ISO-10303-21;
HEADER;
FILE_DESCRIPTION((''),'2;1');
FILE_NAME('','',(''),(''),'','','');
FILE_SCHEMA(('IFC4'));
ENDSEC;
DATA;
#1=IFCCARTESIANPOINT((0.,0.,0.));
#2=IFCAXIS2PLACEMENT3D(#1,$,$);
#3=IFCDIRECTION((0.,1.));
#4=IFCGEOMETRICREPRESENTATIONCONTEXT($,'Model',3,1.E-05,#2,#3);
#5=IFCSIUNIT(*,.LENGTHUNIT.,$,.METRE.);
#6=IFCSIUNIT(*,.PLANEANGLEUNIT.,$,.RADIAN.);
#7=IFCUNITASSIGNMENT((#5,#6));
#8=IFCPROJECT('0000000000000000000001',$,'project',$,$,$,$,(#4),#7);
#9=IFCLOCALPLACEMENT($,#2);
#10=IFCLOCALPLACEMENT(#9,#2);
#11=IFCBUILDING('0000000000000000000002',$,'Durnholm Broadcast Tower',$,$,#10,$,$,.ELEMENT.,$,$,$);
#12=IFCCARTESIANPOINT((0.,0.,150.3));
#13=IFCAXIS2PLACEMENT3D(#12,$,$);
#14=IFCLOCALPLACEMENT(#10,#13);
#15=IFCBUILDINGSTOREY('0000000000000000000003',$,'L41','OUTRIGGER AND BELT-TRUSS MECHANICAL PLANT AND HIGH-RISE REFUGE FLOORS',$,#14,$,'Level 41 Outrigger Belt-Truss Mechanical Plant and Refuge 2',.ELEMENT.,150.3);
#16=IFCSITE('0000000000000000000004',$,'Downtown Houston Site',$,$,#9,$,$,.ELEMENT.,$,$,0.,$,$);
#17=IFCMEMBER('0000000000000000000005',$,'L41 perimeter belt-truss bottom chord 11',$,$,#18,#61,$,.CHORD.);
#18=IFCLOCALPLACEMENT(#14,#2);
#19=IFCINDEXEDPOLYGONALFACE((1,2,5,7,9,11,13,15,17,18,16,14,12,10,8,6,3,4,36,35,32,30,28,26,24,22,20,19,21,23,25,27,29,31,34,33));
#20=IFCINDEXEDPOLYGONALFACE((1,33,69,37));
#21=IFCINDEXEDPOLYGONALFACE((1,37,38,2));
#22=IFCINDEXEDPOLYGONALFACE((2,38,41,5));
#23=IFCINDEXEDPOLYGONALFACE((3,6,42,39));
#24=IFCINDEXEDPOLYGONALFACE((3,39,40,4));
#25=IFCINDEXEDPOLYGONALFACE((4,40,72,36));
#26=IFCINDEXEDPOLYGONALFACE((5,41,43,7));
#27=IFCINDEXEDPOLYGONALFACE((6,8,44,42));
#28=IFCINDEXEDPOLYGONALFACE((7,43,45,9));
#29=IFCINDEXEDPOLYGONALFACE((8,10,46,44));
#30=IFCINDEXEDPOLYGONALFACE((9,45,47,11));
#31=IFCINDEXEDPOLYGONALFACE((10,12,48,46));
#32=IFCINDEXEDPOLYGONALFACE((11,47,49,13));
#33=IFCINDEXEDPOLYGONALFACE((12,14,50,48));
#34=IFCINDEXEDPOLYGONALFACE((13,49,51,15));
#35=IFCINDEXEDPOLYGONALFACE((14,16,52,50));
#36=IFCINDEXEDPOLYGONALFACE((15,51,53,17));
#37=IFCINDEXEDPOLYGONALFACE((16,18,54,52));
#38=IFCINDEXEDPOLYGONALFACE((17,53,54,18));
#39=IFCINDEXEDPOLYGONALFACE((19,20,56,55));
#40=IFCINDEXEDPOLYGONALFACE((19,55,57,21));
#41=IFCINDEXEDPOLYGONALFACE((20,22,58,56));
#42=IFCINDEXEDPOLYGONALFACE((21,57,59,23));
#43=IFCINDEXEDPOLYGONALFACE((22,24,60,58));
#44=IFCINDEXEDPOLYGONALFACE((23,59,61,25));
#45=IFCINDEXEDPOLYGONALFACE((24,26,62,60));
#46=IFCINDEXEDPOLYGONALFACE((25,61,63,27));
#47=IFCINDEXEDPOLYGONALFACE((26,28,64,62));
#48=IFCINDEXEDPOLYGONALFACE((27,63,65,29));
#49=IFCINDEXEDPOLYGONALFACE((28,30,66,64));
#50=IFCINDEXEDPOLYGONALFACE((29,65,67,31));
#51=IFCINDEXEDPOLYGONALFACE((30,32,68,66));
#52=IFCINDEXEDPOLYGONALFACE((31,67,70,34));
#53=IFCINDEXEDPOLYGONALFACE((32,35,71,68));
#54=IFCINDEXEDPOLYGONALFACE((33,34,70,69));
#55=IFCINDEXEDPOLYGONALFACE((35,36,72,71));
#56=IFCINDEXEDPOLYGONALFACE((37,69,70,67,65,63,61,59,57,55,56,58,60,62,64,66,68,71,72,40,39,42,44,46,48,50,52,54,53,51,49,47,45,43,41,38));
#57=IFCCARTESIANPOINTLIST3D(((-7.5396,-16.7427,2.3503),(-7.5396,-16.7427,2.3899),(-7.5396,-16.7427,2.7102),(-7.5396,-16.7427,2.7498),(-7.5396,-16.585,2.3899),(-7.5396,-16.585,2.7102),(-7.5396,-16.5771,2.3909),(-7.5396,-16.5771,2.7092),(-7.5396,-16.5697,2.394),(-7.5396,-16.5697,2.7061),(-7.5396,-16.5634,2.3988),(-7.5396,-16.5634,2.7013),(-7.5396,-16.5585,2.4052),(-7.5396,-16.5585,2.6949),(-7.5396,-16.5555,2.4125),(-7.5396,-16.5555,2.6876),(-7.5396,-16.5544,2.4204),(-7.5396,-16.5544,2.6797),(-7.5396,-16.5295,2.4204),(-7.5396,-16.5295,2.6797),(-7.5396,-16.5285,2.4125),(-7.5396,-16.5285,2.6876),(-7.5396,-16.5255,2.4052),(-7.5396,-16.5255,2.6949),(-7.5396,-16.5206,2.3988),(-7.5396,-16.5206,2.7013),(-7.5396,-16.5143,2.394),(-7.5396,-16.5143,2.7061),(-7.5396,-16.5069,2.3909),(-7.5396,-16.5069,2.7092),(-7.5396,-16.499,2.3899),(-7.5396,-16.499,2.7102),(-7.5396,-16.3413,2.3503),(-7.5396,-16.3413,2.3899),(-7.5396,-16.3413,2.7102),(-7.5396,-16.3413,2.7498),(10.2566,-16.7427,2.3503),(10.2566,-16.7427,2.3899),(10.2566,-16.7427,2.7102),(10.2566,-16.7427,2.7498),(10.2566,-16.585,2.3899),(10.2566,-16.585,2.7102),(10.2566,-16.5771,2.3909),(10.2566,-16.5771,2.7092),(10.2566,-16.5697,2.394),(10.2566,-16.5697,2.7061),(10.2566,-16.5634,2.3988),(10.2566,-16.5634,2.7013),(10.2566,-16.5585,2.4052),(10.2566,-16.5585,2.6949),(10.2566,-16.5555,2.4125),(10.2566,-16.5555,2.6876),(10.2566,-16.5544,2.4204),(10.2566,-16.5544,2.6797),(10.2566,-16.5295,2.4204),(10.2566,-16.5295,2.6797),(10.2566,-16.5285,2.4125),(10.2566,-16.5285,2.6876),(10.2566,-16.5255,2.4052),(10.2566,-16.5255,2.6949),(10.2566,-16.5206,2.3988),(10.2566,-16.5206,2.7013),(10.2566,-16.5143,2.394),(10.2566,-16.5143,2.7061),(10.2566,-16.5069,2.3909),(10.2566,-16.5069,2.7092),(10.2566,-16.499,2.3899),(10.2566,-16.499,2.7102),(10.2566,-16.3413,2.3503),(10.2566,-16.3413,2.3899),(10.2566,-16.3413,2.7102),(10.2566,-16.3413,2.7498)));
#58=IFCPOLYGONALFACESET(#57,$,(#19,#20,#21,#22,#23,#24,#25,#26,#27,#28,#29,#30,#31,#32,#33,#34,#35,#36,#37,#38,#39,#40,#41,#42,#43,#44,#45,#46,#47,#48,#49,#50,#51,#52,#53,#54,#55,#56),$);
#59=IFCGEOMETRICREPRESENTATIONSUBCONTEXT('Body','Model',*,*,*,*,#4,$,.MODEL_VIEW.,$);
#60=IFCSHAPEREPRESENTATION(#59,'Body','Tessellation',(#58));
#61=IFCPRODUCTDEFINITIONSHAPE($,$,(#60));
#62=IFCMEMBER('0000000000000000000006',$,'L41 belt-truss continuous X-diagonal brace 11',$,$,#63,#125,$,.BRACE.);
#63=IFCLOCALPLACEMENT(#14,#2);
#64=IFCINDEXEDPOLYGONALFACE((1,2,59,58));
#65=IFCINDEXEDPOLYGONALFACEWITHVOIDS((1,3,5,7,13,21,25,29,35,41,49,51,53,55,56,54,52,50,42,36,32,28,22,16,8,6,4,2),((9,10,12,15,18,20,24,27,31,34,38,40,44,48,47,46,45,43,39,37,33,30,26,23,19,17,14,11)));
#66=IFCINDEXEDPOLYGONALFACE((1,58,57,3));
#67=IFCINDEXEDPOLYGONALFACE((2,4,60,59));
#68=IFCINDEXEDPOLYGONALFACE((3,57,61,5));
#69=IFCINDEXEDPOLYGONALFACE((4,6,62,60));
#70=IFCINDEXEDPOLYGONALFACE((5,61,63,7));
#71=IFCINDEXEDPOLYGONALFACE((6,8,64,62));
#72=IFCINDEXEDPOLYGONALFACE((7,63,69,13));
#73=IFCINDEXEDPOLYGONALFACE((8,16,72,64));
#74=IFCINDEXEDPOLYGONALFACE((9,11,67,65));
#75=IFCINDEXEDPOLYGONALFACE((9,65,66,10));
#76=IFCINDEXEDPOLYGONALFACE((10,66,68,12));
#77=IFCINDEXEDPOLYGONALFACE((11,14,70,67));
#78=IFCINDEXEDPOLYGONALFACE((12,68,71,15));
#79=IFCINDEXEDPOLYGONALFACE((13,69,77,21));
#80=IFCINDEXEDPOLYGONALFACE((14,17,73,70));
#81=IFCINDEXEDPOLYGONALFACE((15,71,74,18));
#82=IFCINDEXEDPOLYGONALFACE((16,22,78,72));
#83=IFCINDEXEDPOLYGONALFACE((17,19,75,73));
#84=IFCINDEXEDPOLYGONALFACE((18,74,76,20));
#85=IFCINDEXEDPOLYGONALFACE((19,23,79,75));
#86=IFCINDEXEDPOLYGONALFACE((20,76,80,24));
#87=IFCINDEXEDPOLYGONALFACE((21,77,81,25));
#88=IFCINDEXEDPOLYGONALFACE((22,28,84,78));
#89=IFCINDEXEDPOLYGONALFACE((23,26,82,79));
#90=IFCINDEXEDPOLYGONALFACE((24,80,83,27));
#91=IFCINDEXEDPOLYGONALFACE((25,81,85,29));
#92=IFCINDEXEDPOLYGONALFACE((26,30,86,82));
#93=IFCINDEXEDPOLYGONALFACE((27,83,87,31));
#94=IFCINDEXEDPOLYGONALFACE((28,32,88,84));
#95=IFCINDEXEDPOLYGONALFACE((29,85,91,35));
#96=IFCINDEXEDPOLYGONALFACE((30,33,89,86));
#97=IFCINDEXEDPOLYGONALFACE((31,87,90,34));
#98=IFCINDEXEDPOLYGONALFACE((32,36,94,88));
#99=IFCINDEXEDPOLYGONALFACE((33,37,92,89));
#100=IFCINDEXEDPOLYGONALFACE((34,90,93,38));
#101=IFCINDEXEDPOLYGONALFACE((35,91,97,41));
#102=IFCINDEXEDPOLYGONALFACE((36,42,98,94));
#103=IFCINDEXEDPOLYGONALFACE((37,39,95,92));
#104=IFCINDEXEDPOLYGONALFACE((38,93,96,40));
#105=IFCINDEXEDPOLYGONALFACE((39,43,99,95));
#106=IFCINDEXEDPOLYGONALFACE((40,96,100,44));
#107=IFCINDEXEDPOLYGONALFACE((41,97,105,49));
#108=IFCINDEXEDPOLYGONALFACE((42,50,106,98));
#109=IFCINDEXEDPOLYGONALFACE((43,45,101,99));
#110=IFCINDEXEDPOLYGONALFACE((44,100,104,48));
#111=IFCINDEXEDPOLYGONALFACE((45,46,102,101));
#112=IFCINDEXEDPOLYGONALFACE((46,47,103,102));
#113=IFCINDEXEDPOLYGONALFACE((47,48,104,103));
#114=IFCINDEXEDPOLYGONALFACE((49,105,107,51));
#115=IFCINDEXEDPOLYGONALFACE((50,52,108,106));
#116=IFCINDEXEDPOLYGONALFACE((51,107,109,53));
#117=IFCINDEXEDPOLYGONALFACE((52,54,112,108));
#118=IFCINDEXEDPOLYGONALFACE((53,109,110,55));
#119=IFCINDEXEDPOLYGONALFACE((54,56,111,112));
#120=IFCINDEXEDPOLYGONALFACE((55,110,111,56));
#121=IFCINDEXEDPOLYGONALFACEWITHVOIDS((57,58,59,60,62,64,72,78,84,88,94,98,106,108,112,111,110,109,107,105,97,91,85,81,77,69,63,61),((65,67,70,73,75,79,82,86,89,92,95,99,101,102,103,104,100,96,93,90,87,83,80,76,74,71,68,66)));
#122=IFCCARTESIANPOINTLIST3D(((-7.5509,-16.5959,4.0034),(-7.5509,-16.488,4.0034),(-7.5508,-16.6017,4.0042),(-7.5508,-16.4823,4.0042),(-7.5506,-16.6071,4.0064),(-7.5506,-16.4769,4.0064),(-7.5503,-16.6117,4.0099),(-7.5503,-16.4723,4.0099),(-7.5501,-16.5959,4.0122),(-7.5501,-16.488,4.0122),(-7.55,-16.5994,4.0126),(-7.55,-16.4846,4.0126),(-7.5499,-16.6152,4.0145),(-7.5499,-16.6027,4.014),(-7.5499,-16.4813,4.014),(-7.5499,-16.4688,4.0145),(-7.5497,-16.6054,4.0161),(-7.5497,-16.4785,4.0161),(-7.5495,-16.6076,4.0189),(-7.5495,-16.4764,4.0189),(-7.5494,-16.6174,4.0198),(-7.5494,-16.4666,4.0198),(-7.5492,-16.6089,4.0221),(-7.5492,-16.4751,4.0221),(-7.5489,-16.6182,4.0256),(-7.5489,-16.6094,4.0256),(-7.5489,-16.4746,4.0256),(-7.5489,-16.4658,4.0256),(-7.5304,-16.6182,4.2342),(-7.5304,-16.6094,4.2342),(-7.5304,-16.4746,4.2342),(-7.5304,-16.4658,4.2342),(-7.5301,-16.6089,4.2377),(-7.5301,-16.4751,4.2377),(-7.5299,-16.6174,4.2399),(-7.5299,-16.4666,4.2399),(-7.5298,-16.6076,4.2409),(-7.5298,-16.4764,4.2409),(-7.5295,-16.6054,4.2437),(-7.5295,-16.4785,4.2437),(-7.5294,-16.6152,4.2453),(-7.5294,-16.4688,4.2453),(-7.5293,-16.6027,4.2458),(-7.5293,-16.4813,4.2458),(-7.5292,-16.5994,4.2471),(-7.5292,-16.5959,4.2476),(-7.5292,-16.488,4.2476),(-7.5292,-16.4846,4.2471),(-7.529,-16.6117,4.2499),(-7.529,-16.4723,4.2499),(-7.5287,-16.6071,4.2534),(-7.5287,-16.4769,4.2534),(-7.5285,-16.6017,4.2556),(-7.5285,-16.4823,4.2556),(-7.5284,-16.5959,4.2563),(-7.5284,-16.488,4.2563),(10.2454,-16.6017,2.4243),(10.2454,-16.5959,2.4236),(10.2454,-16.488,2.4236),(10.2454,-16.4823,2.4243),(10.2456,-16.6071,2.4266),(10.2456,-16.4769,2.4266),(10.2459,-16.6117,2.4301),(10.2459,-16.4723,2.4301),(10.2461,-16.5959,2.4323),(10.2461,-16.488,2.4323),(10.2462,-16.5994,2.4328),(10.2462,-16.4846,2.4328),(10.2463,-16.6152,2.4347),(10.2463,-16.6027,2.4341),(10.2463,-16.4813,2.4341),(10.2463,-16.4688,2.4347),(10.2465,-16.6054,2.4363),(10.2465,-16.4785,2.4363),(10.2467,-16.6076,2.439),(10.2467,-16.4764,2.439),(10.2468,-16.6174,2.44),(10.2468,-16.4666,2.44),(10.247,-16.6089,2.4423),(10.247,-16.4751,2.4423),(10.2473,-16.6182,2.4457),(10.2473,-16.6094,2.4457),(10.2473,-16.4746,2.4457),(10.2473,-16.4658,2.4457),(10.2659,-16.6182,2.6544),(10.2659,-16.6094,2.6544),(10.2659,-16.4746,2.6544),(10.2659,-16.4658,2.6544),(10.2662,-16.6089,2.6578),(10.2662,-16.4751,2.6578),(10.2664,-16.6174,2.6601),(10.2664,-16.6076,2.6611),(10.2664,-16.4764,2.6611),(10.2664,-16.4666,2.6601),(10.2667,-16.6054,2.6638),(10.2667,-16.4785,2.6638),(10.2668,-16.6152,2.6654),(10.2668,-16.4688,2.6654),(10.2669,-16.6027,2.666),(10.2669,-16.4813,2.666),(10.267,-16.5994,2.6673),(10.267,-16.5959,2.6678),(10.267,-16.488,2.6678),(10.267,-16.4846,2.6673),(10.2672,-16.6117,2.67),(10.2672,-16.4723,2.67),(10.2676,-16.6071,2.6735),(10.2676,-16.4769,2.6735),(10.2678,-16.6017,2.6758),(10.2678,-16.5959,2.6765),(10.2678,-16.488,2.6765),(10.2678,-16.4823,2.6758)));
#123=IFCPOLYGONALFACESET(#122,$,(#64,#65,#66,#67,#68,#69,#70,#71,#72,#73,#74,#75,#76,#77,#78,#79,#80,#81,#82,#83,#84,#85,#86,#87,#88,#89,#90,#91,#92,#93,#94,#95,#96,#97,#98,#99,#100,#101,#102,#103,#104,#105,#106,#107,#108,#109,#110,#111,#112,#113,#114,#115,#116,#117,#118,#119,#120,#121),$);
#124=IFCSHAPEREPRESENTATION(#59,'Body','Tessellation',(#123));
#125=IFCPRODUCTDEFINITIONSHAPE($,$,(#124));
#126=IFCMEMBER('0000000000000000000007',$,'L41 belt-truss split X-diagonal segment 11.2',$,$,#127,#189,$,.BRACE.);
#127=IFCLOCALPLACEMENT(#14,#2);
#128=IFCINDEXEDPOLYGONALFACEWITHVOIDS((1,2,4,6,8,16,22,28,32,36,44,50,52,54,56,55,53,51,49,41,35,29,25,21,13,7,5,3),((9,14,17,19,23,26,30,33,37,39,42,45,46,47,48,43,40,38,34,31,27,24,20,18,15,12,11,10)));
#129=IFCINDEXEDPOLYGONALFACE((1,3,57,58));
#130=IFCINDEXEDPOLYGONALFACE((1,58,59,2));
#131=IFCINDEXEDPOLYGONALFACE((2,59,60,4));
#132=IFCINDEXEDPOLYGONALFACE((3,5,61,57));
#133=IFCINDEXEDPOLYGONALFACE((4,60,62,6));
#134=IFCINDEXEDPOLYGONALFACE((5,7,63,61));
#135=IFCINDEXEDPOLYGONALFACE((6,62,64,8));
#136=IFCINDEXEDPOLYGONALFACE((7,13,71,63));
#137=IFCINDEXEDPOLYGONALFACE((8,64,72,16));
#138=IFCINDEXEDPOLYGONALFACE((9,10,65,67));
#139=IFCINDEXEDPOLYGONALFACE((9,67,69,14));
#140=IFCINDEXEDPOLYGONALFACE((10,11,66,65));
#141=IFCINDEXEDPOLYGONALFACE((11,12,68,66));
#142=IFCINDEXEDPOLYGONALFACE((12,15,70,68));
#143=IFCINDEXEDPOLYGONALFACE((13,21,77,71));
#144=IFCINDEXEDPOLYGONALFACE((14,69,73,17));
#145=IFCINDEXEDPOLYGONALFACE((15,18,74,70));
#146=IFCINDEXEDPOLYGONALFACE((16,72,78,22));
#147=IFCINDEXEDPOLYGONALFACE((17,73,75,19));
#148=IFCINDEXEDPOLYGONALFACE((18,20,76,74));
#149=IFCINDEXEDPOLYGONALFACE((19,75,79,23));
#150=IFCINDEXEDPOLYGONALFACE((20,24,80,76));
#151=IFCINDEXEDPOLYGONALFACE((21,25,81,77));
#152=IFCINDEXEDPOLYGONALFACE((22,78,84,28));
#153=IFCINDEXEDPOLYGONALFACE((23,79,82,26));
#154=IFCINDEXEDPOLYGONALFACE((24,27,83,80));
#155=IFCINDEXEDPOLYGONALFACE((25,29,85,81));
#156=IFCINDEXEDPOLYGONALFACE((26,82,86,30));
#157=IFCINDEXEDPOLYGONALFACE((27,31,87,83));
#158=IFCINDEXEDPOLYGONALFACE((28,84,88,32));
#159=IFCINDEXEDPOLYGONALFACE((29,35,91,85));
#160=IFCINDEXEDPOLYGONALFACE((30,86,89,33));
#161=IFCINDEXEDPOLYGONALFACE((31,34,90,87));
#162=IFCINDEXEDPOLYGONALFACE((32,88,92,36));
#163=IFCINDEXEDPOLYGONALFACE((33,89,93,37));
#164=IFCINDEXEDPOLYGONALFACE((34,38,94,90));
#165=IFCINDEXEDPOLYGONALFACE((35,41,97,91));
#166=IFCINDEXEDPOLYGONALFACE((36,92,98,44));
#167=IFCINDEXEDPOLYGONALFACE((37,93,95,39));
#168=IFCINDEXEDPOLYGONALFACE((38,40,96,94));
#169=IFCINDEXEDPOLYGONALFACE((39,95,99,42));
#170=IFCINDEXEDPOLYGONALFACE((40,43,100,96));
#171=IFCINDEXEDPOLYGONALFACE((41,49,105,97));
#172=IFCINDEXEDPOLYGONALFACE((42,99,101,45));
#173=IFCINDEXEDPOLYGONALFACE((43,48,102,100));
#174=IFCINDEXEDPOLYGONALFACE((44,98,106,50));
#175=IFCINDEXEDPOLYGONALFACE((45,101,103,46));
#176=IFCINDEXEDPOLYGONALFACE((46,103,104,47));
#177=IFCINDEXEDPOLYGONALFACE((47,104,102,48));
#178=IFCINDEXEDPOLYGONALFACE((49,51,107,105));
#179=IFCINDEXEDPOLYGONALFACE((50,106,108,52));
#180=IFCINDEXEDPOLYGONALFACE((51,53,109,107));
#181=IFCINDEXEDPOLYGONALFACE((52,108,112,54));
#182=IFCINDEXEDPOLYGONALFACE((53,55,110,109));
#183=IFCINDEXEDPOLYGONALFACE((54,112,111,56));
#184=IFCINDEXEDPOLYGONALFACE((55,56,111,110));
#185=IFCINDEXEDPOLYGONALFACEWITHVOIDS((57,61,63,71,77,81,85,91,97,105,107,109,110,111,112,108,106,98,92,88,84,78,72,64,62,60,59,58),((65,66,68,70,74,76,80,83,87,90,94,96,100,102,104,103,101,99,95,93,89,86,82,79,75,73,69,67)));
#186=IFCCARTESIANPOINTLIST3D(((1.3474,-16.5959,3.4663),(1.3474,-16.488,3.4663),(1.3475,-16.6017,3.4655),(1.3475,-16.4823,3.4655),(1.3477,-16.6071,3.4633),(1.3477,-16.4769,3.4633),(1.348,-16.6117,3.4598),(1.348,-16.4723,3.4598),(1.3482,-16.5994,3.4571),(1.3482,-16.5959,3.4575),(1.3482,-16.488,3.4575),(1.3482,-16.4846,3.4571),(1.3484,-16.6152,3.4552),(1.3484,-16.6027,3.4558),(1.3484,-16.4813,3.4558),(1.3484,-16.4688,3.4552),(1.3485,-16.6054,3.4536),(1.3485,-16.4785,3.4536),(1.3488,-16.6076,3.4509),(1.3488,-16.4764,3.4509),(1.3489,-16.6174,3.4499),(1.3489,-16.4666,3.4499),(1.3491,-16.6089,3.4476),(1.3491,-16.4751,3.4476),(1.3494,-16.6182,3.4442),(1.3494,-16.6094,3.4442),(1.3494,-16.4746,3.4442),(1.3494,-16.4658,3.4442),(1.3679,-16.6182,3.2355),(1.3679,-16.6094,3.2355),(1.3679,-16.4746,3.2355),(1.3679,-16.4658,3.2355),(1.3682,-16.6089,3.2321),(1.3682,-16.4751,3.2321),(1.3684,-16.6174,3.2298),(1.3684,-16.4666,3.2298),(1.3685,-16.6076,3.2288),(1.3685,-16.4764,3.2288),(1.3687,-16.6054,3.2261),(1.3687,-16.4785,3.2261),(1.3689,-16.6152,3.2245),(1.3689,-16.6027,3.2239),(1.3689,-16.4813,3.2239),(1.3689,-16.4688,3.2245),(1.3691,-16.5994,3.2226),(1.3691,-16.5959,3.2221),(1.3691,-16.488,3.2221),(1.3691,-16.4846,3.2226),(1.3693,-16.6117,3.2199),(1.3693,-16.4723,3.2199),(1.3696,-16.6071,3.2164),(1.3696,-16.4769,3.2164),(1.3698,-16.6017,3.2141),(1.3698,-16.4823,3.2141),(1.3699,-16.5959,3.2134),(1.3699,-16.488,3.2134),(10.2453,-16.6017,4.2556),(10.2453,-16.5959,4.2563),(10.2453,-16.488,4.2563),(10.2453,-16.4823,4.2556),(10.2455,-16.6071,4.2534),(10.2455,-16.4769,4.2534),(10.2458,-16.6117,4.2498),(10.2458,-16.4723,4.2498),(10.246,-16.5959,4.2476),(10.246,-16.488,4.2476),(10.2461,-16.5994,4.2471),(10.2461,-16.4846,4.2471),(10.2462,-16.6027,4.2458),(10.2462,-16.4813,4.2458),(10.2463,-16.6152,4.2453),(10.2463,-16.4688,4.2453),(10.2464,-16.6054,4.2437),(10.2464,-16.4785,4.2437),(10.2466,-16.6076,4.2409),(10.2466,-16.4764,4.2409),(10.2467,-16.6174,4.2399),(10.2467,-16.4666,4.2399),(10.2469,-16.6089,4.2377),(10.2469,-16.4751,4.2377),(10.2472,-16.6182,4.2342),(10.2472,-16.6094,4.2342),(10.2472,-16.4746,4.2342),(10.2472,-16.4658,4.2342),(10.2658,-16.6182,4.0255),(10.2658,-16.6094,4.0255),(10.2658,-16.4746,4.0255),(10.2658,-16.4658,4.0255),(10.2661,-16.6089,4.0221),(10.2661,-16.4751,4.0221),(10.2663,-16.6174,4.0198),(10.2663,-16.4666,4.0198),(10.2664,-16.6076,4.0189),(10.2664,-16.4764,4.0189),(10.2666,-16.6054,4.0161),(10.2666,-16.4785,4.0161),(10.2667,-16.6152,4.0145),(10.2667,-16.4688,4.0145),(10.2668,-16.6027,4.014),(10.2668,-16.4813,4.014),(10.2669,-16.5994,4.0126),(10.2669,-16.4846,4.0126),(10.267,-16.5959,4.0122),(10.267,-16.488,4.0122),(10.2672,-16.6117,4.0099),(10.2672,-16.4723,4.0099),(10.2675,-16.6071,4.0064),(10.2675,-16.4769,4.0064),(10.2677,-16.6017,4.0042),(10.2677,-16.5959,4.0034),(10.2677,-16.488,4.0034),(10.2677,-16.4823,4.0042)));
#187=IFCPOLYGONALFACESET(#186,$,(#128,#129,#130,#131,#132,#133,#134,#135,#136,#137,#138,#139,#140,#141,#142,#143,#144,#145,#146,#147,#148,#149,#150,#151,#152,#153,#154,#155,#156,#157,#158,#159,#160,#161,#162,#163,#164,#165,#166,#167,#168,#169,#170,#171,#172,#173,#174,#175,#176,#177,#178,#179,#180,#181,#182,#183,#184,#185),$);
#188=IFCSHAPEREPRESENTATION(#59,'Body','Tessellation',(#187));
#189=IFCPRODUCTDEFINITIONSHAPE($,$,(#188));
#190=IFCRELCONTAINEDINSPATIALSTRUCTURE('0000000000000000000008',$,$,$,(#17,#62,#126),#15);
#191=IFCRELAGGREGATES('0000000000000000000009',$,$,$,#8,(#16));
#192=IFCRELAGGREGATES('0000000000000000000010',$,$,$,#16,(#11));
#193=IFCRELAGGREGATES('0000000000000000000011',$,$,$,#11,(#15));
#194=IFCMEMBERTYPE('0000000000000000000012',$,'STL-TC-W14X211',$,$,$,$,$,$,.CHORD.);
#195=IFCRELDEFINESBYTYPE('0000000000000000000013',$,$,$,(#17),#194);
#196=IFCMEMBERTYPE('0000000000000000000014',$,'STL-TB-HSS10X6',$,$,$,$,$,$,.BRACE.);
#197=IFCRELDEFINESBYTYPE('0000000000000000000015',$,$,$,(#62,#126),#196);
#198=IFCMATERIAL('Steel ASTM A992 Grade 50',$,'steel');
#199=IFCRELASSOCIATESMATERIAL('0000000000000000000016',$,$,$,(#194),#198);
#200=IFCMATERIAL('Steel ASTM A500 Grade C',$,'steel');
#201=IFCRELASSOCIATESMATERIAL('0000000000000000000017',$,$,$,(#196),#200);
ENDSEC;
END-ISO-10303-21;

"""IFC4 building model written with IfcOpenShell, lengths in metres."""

from ifc_helpers import new_model, si_unit, direction, frame, origin, origin_2d, place, context, subcontext, project, spatial, hollow_rectangle, i_section, extrude, source, transform, mapped, material, material_profile, profile_set, type_object, type_shapes, element, save


model = new_model("IFC4")

# Units and contexts
model_context = context("Model", 3, precision=1e-05, world=origin(), true_north=direction((0.0, 1.0)))
body_context = subcontext(model_context, "Body", "Model", "MODEL_VIEW")
ifc_project = project(units=[si_unit("LENGTHUNIT", "METRE"), si_unit("PLANEANGLEUNIT", "RADIAN")], contexts=[model_context])

# Site, building, storey
site_placement = place(None, origin())
site = spatial("IfcSite", under=ifc_project, at=site_placement, Name="Downtown Houston Site", CompositionType="ELEMENT", RefElevation=0.0)
building_placement = place(site_placement, origin())
building = spatial("IfcBuilding", under=site, at=building_placement, Name="Durnholm Broadcast Tower", CompositionType="ELEMENT")
storey_placement = place(building_placement, frame((0.0, 0.0, 150.3)))
storey = spatial("IfcBuildingStorey", under=building, at=storey_placement, Name="L41", Description="OUTRIGGER AND BELT-TRUSS MECHANICAL PLANT AND HIGH-RISE REFUGE FLOORS", LongName="Level 41 Outrigger Belt-Truss Mechanical Plant and Refuge 2", CompositionType="ELEMENT", Elevation=150.3)

# Shared definitions
ifc_material_1 = material(Name="Steel ASTM A992 Grade 50", Category="steel")

# Members
ifc_material_2 = material(Name="Steel ASTM A500 Grade C", Category="steel")
ifc_material_profile_1 = material_profile(ifc_material_1, i_section(OverallWidth=0.4014, OverallDepth=0.3994, WebThickness=0.0249, FlangeThickness=0.0396, FilletRadius=0.0305, at=origin_2d()), Name="W14X211")
ifc_profile_set_1 = profile_set([ifc_material_profile_1], Name="Steel ASTM A992 Grade 50")
member_type_1 = type_object("IfcMemberType", Name="STL-TC-W14X211", PredefinedType="CHORD", material=ifc_profile_set_1)
shared_shape_1 = source(origin(), body_context, "Body", "SweptSolid", [
    extrude(i_section(OverallWidth=0.4014, OverallDepth=0.3994, WebThickness=0.0249, FlangeThickness=0.0396, FilletRadius=0.0305, at=origin_2d()), origin(), (0.0, 0.0, 1.0), 17.7961),
])
type_shapes(member_type_1, [shared_shape_1])
member_1_placement = place(storey_placement, frame((10.2566, -16.542, 2.55), z_axis=(-1.0, 0.0, 0.0), x_axis=(0.0, -1.0, 0.0)))
element("IfcMember", 1, at=member_1_placement, inside=storey, type_object=member_type_1, Name="L41 perimeter belt-truss bottom chord 11", PredefinedType="CHORD", context=body_context, shape_type="MappedRepresentation", body=[
    mapped(shared_shape_1, transform((0.0, 0.0, 0.0), x_axis=(1.0, 0.0, 0.0), y_axis=(0.0, 1.0, 0.0), z_axis=(0.0, 0.0, 1.0), scale=1.0)),
])
ifc_material_profile_2 = material_profile(ifc_material_2, hollow_rectangle(XDim=0.1523, YDim=0.2539, WallThickness=0.0088, InnerFilletRadius=0.0134, OuterFilletRadius=0.0222, at=origin_2d()), Name="HSS10X6X3/8")
ifc_profile_set_2 = profile_set([ifc_material_profile_2], Name="Steel ASTM A500 Grade C")
member_type_2 = type_object("IfcMemberType", Name="STL-TB-HSS10X6", PredefinedType="BRACE", material=ifc_profile_set_2)
shared_shape_2 = source(origin(), body_context, "Body", "SweptSolid", [
    extrude(hollow_rectangle(XDim=0.1523, YDim=0.2539, WallThickness=0.0088, InnerFilletRadius=0.0134, OuterFilletRadius=0.0222, at=origin_2d()), origin(), (0.0, 0.0, 1.0), 17.8662),
])
member_2_placement = place(storey_placement, frame((10.2566, -16.542, 2.55), z_axis=(-0.996083, 0.0, 0.088426), x_axis=(0.0, -1.0, 0.0)))
element("IfcMember", 2, at=member_2_placement, inside=storey, type_object=member_type_2, Name="L41 belt-truss continuous X-diagonal brace 11", PredefinedType="BRACE", context=body_context, shape_type="MappedRepresentation", body=[
    mapped(shared_shape_2, transform((0.0, 0.0, 0.0), x_axis=(1.0, 0.0, 0.0), y_axis=(0.0, 1.0, 0.0), z_axis=(0.0, 0.0, 1.0), scale=1.0)),
])
shared_shape_3 = source(origin(), body_context, "Body", "SweptSolid", [
    extrude(hollow_rectangle(XDim=0.1523, YDim=0.2539, WallThickness=0.0088, InnerFilletRadius=0.0134, OuterFilletRadius=0.0222, at=origin_2d()), origin(), (0.0, 0.0, 1.0), 8.9329),
])
type_shapes(member_type_2, [shared_shape_2, shared_shape_3])
member_3_placement = place(storey_placement, frame((1.3586, -16.542, 3.3398), z_axis=(0.996081, 0.0, 0.088441), x_axis=(0.0, 1.0, 0.0)))
element("IfcMember", 3, at=member_3_placement, inside=storey, type_object=member_type_2, Name="L41 belt-truss split X-diagonal segment 11.2", PredefinedType="BRACE", context=body_context, shape_type="MappedRepresentation", body=[
    mapped(shared_shape_3, transform((0.0, 0.0, 0.0), x_axis=(1.0, 0.0, 0.0), y_axis=(0.0, 1.0, 0.0), z_axis=(0.0, 0.0, 1.0), scale=1.0)),
])

save(model, "model.ifc")
